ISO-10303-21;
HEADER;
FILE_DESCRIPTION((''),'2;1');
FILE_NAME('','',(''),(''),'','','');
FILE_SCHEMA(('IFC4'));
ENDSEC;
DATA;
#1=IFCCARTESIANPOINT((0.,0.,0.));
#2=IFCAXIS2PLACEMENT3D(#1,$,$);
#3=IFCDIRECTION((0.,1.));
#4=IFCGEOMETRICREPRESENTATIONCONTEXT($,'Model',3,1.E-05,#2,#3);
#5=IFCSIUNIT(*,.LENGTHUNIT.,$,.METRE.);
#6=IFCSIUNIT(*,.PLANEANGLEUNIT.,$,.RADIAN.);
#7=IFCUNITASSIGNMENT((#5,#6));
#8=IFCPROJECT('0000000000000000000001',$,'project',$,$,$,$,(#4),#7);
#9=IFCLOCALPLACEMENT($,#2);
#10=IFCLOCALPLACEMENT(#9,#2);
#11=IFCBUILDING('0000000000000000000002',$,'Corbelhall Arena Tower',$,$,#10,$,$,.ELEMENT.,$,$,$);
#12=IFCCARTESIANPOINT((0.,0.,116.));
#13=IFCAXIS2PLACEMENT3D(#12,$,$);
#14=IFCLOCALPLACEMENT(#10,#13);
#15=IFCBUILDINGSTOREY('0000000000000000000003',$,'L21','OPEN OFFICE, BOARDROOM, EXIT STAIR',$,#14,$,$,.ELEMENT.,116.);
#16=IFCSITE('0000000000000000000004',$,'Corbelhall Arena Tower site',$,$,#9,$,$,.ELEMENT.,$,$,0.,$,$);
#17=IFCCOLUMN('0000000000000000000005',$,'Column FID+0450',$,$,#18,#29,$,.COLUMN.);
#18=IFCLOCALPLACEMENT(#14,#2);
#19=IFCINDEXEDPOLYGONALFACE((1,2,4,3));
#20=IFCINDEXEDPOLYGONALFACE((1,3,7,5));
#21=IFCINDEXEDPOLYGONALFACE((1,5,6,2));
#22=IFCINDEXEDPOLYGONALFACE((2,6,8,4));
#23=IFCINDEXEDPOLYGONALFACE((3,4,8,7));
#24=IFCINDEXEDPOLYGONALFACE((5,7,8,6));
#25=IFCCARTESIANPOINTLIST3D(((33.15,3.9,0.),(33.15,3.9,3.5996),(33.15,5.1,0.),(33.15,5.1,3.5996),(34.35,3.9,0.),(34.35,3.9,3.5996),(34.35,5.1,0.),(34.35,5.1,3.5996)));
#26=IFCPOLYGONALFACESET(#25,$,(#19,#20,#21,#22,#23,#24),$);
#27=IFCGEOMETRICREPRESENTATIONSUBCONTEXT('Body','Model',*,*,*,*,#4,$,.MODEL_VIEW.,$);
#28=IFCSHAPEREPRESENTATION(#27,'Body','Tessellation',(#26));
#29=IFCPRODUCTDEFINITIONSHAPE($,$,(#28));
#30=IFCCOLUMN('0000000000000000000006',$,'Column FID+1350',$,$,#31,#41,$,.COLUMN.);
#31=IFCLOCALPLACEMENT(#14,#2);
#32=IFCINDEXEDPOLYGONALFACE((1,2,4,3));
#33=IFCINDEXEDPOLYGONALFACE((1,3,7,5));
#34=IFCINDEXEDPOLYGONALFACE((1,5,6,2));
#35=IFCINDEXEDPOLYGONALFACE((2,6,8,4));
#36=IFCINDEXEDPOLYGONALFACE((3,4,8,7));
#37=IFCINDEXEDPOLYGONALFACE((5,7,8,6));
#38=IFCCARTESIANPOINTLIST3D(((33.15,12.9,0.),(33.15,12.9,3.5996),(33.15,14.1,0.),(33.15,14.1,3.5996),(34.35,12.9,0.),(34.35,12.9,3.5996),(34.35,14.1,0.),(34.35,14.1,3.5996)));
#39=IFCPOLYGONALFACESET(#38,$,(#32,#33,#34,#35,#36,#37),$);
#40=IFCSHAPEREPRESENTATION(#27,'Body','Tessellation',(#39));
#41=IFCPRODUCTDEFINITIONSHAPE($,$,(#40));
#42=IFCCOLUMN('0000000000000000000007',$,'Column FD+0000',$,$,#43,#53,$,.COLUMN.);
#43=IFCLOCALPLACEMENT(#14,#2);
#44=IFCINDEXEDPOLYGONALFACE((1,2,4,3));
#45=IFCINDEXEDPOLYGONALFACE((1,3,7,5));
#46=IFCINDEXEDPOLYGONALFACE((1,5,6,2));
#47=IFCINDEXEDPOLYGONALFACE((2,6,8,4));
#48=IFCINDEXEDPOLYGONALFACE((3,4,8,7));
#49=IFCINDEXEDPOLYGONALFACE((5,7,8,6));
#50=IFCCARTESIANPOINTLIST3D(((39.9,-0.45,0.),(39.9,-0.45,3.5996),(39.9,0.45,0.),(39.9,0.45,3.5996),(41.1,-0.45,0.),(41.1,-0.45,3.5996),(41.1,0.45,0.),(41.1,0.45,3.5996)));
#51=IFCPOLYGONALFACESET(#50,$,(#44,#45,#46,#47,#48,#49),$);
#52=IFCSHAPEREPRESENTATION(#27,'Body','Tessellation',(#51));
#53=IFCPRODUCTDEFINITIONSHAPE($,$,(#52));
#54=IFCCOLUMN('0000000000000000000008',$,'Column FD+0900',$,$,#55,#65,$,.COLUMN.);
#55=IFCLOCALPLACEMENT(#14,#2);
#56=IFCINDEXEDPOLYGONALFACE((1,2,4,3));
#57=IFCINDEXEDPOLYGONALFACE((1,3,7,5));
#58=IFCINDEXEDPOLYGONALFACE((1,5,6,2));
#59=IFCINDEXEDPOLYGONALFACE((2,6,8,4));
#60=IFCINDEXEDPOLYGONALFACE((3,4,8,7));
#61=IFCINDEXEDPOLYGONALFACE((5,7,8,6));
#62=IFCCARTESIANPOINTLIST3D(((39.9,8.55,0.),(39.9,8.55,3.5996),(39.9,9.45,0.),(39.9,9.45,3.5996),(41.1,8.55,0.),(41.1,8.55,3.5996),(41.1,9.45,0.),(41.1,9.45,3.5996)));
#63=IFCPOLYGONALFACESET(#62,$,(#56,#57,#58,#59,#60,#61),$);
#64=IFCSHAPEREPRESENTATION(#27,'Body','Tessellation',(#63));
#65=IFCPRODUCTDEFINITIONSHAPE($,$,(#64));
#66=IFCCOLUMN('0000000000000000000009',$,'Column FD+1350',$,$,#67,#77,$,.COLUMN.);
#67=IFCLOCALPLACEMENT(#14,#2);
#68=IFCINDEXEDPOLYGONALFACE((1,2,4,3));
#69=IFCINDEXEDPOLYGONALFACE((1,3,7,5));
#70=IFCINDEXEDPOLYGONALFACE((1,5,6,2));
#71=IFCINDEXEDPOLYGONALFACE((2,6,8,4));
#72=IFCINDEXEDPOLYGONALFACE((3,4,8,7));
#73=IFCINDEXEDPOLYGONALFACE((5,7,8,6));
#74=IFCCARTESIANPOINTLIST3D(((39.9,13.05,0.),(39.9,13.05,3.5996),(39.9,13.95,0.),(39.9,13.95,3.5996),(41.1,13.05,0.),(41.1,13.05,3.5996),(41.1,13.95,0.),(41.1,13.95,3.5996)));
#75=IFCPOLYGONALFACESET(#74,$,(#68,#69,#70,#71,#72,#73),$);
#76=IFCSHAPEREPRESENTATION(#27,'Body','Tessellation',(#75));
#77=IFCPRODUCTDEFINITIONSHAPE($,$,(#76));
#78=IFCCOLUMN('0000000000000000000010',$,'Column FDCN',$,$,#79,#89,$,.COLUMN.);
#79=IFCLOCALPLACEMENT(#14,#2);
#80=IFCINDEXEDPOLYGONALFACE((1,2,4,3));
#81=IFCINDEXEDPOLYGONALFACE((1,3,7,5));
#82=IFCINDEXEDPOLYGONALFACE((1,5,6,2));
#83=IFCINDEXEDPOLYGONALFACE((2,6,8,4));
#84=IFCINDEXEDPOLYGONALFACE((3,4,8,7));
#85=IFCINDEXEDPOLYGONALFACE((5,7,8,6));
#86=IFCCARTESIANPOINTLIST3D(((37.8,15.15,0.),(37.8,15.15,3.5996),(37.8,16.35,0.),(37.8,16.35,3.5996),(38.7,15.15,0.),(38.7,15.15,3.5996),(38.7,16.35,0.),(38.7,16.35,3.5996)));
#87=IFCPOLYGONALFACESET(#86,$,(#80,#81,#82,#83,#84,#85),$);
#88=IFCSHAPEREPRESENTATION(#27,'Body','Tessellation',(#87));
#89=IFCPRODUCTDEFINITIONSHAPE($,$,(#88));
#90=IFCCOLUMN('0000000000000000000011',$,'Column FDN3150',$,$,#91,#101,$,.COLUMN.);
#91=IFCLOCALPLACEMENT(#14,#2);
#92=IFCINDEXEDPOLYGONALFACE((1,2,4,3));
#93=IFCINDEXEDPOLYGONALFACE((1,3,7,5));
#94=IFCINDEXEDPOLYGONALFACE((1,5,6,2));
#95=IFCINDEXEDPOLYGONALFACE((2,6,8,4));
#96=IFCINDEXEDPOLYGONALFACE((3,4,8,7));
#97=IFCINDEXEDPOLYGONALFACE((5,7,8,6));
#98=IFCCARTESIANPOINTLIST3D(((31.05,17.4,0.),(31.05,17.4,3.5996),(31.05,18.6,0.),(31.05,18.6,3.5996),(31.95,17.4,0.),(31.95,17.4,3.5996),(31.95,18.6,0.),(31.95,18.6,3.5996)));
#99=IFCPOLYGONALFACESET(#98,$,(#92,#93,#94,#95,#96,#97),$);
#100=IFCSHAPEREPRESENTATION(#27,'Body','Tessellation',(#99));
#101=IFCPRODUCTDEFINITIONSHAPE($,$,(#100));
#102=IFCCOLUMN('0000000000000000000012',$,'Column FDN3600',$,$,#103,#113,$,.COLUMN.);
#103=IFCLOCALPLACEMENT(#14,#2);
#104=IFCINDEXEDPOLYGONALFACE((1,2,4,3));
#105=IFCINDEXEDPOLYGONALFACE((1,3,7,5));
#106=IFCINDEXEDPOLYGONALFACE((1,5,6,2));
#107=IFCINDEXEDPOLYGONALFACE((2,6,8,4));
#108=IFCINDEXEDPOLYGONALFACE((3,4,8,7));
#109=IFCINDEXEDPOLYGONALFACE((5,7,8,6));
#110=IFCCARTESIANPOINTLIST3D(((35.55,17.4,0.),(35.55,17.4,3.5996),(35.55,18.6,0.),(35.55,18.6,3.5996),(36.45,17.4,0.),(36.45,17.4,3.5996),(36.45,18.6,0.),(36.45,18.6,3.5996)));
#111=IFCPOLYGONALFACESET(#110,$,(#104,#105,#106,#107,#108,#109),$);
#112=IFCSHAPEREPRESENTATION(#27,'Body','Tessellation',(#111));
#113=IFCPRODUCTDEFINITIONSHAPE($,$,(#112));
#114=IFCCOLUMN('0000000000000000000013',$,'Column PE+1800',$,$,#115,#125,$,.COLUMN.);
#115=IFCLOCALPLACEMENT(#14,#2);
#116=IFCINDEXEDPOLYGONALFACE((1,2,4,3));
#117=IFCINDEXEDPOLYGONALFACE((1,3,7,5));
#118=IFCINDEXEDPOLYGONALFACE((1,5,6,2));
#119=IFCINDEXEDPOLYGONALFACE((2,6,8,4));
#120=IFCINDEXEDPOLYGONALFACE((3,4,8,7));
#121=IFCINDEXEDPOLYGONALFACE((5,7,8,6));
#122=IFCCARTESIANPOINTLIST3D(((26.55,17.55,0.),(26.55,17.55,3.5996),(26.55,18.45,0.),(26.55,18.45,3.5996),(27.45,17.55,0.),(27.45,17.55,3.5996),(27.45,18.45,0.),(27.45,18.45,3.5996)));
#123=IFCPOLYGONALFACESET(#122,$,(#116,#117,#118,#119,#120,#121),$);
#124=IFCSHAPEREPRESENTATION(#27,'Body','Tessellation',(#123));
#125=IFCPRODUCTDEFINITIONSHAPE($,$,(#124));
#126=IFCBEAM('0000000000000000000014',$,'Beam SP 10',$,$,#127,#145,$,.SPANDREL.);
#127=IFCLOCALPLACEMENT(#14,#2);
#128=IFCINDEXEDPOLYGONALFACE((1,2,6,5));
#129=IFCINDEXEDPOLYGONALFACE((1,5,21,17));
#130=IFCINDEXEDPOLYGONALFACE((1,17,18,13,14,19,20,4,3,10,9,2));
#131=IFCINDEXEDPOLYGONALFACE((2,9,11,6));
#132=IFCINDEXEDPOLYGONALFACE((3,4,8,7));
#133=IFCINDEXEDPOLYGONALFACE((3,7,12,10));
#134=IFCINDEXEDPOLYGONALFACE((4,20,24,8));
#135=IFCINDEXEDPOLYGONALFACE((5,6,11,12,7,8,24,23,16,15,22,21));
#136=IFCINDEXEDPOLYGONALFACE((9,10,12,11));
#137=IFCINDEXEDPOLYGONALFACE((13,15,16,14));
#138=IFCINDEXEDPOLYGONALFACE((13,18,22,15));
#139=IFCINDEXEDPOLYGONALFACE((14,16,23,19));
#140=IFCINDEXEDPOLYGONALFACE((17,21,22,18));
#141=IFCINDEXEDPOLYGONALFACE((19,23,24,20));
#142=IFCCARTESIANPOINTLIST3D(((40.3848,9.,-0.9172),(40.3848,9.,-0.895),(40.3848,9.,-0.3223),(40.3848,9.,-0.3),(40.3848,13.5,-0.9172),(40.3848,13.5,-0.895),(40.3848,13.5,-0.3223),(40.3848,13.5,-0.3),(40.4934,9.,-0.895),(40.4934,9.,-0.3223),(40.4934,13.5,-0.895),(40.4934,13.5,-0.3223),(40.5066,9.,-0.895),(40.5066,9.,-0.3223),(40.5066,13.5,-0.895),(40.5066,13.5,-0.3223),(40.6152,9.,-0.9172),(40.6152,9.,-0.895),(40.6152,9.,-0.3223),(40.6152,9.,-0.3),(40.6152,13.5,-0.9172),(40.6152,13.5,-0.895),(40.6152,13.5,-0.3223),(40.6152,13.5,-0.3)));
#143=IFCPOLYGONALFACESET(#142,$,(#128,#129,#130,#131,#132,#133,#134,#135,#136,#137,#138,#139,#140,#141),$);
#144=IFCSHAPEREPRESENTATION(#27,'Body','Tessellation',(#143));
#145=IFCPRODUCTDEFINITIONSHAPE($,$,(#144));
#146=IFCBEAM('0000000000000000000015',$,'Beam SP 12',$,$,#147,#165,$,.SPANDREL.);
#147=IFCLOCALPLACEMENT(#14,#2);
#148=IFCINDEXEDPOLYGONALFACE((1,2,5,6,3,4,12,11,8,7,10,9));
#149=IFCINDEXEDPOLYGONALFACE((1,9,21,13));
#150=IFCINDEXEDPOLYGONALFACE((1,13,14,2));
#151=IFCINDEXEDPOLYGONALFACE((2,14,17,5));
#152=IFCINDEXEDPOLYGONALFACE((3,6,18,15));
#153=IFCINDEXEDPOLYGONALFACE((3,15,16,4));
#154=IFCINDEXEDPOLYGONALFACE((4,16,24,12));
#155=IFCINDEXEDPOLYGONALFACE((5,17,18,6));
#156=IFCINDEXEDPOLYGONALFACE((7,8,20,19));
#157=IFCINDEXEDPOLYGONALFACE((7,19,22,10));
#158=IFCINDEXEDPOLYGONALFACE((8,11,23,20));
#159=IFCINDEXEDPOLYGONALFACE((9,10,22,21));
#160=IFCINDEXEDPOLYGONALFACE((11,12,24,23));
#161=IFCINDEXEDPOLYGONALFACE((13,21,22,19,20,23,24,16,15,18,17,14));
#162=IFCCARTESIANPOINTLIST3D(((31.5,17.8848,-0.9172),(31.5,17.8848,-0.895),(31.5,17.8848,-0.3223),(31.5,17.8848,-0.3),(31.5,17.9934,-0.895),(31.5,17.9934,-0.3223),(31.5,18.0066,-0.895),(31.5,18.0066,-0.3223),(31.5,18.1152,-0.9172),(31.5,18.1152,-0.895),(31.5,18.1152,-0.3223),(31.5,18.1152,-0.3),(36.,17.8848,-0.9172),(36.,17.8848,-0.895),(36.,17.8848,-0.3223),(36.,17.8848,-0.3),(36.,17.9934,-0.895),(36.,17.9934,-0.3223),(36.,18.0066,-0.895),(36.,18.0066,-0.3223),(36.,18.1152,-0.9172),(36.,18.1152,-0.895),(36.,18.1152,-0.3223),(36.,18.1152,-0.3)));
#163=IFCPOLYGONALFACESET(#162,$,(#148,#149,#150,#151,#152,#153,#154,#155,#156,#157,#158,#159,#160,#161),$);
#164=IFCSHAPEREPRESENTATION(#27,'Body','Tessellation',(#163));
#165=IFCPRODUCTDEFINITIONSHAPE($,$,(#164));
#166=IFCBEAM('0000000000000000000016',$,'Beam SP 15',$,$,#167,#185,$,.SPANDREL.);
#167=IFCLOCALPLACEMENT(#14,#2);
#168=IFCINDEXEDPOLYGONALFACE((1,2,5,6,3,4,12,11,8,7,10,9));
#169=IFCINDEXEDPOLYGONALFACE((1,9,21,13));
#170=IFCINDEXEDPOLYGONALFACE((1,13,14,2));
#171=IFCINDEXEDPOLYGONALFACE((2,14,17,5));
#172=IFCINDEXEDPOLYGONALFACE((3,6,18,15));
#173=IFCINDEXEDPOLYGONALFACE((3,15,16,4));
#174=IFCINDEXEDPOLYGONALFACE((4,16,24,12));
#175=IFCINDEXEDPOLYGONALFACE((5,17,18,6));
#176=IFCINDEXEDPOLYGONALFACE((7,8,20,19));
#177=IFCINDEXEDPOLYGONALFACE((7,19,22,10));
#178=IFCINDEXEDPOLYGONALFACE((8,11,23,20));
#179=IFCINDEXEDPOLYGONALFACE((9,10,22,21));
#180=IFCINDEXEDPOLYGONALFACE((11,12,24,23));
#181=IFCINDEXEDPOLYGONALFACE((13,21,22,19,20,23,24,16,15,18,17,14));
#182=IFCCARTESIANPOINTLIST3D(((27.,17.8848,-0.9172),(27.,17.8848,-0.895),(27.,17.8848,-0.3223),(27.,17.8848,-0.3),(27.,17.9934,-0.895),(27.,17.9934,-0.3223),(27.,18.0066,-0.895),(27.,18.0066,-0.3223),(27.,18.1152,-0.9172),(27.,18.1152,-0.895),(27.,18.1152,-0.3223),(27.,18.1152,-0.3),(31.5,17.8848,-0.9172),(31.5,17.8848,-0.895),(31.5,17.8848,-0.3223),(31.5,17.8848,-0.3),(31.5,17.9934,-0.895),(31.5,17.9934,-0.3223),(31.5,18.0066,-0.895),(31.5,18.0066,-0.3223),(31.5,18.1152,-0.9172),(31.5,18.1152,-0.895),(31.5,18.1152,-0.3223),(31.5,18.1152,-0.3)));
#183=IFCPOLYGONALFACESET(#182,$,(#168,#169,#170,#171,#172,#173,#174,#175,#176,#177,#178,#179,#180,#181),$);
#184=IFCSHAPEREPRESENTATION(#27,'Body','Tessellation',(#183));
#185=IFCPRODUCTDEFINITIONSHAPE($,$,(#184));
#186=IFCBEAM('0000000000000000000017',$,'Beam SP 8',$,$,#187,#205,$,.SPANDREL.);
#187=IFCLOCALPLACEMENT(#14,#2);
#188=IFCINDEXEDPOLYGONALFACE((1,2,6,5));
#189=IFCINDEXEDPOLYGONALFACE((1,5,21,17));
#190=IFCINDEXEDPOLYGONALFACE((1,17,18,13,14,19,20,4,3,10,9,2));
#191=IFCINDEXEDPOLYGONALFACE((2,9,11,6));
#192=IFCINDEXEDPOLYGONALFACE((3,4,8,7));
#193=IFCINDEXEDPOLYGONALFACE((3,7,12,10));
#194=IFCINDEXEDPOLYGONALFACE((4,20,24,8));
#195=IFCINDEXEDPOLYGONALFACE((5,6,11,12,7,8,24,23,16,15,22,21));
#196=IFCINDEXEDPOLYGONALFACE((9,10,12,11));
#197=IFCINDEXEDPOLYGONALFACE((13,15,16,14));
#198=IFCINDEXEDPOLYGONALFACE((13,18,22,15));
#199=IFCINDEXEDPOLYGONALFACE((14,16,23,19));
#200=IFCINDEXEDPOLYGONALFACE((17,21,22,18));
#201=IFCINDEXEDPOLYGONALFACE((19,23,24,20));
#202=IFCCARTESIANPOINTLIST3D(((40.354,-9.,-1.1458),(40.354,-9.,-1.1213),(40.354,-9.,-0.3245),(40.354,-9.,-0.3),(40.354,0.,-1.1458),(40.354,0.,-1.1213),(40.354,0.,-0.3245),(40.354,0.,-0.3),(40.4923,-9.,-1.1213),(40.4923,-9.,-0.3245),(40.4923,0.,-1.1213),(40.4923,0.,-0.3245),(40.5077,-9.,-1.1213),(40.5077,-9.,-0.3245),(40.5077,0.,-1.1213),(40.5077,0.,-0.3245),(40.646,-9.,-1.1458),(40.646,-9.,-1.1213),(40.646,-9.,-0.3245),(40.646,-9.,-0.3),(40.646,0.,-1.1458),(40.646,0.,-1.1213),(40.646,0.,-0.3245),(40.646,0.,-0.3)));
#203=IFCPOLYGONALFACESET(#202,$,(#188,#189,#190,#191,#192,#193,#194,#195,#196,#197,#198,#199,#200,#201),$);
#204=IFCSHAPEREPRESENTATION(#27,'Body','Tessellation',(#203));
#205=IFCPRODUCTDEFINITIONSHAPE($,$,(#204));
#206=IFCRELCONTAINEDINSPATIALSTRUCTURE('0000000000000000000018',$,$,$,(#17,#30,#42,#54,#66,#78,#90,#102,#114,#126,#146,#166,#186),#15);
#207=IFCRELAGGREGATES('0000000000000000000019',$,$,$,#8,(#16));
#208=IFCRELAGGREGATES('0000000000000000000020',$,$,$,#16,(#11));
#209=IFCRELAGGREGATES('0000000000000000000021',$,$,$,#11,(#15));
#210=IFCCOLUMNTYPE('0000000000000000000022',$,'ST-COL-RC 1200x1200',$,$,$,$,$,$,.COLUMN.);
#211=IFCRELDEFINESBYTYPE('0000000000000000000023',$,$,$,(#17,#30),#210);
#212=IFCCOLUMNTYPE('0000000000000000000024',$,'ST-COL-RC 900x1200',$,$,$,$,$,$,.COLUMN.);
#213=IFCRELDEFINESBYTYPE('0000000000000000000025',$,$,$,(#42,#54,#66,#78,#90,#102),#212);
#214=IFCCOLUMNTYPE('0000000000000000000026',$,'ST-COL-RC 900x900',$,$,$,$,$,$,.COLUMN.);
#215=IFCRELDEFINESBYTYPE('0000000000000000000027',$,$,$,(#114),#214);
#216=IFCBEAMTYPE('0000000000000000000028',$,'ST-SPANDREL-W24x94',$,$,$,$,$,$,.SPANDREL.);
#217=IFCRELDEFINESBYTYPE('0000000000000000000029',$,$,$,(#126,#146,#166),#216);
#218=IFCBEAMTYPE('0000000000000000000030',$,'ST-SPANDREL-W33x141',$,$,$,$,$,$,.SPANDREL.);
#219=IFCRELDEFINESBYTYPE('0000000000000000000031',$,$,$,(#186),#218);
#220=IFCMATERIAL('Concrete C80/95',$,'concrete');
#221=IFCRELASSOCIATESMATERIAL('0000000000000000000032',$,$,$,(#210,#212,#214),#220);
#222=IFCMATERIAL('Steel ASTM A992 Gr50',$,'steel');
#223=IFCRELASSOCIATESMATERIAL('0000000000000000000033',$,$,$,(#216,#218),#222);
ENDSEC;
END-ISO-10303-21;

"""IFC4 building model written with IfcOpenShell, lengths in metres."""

from ifc_helpers import new_model, si_unit, direction, frame, origin, origin_2d, place, context, subcontext, project, spatial, rectangle, i_section, extrude, material, material_profile, profile_set, type_object, element, save


model = new_model("IFC4")

# Units and contexts
model_context = context("Model", 3, precision=1e-05, world=origin(), true_north=direction((0.0, 1.0)))
body_context = subcontext(model_context, "Body", "Model", "MODEL_VIEW")
ifc_project = project(units=[si_unit("LENGTHUNIT", "METRE"), si_unit("PLANEANGLEUNIT", "RADIAN")], contexts=[model_context])

# Site, building, storey
site_placement = place(None, origin())
site = spatial("IfcSite", under=ifc_project, at=site_placement, Name="Corbelhall Arena Tower site", CompositionType="ELEMENT", RefElevation=0.0)
building_placement = place(site_placement, origin())
building = spatial("IfcBuilding", under=site, at=building_placement, Name="Corbelhall Arena Tower", CompositionType="ELEMENT")
storey_placement = place(building_placement, frame((0.0, 0.0, 116.0)))
storey = spatial("IfcBuildingStorey", under=building, at=storey_placement, Name="L21", Description="OPEN OFFICE, BOARDROOM, EXIT STAIR", CompositionType="ELEMENT", Elevation=116.0)

# Columns
ifc_material_1 = material(Name="Concrete C80/95", Category="concrete")
ifc_material_profile_1 = material_profile(ifc_material_1, rectangle(XDim=1.2, YDim=1.2, at=origin_2d()))
ifc_profile_set_1 = profile_set([ifc_material_profile_1], Name="Concrete C80/95")
column_type_1 = type_object("IfcColumnType", Name="ST-COL-RC 1200x1200", PredefinedType="COLUMN", material=ifc_profile_set_1)
for number, where, z_axis, x_axis, name in (
    (1, (33.75, 4.5, 0.0), (0.0, 0.0, 1.0), (1.0, 0.0, 0.0), "Column FID+0450"),
    (2, (33.75, 13.5, 0.0), (0.0, 0.0, 1.0), (1.0, 0.0, 0.0), "Column FID+1350"),
):
    element("IfcColumn", number, at=place(storey_placement, frame(where, z_axis=z_axis, x_axis=x_axis)), inside=storey, type_object=column_type_1, Name=name, PredefinedType="COLUMN", context=body_context, shape_type="SweptSolid", body=[
        extrude(rectangle(XDim=1.2, YDim=1.2, at=origin_2d()), origin(), (0.0, 0.0, 1.0), 3.5996),
    ])
ifc_material_profile_2 = material_profile(ifc_material_1, rectangle(XDim=0.8999, YDim=1.2, at=origin_2d()))
ifc_profile_set_2 = profile_set([ifc_material_profile_2], Name="Concrete C80/95")
column_type_2 = type_object("IfcColumnType", Name="ST-COL-RC 900x1200", PredefinedType="COLUMN", material=ifc_profile_set_2)
for number, where, z_axis, x_axis, name in (
    (3, (40.5, 0.0, 0.0), (0.0, 0.0, 1.0), (0.0, 1.0, 0.0), "Column FD+0000"),
    (4, (40.5, 9.0, 0.0), (0.0, 0.0, 1.0), (0.0, 1.0, 0.0), "Column FD+0900"),
    (5, (40.5, 13.5, 0.0), (0.0, 0.0, 1.0), (0.0, 1.0, 0.0), "Column FD+1350"),
    (6, (38.25, 15.75, 0.0), (0.0, 0.0, 1.0), (1.0, 0.0, 0.0), "Column FDCN"),
    (7, (31.5, 18.0, 0.0), (0.0, 0.0, 1.0), (1.0, 0.0, 0.0), "Column FDN3150"),
    (8, (36.0, 18.0, 0.0), (0.0, 0.0, 1.0), (1.0, 0.0, 0.0), "Column FDN3600"),
):
    element("IfcColumn", number, at=place(storey_placement, frame(where, z_axis=z_axis, x_axis=x_axis)), inside=storey, type_object=column_type_2, Name=name, PredefinedType="COLUMN", context=body_context, shape_type="SweptSolid", body=[
        extrude(rectangle(XDim=0.8999, YDim=1.2, at=origin_2d()), origin(), (0.0, 0.0, 1.0), 3.5996),
    ])
ifc_material_profile_3 = material_profile(ifc_material_1, rectangle(XDim=0.8999, YDim=0.8999, at=origin_2d()))
ifc_profile_set_3 = profile_set([ifc_material_profile_3], Name="Concrete C80/95")
column_type_3 = type_object("IfcColumnType", Name="ST-COL-RC 900x900", PredefinedType="COLUMN", material=ifc_profile_set_3)
column_placement = place(storey_placement, frame((27.0, 18.0, 0.0), z_axis=(0.0, 0.0, 1.0), x_axis=(1.0, 0.0, 0.0)))
element("IfcColumn", 9, at=column_placement, inside=storey, type_object=column_type_3, Name="Column PE+1800", PredefinedType="COLUMN", context=body_context, shape_type="SweptSolid", body=[
    extrude(rectangle(XDim=0.8999, YDim=0.8999, at=origin_2d()), origin(), (0.0, 0.0, 1.0), 3.5996),
])

# Beams
ifc_material_2 = material(Name="Steel ASTM A992 Gr50", Category="steel")
ifc_material_profile_4 = material_profile(ifc_material_2, i_section(OverallWidth=0.2305, OverallDepth=0.6172, WebThickness=0.0132, FlangeThickness=0.0222, at=origin_2d()))
ifc_profile_set_4 = profile_set([ifc_material_profile_4], Name="Steel ASTM A992 Gr50")
beam_type_1 = type_object("IfcBeamType", Name="ST-SPANDREL-W24x94", PredefinedType="SPANDREL", material=ifc_profile_set_4)
for number, where, z_axis, x_axis, name in (
    (10, (40.5, 13.5, -0.6086), (0.0, -1.0, 0.0), (1.0, 0.0, 0.0), "Beam SP 10"),
    (11, (31.5, 18.0, -0.6086), (1.0, 0.0, 0.0), (0.0, 1.0, 0.0), "Beam SP 12"),
    (12, (27.0, 18.0, -0.6086), (1.0, 0.0, 0.0), (0.0, 1.0, 0.0), "Beam SP 15"),
):
    element("IfcBeam", number, at=place(storey_placement, frame(where, z_axis=z_axis, x_axis=x_axis)), inside=storey, type_object=beam_type_1, Name=name, PredefinedType="SPANDREL", context=body_context, shape_type="SweptSolid", body=[
        extrude(i_section(OverallWidth=0.2305, OverallDepth=0.6172, WebThickness=0.0132, FlangeThickness=0.0222, at=origin_2d()), origin(), (0.0, 0.0, 1.0), 4.5),
    ])
ifc_material_profile_5 = material_profile(ifc_material_2, i_section(OverallWidth=0.292, OverallDepth=0.8457, WebThickness=0.0154, FlangeThickness=0.0244, at=origin_2d()))
ifc_profile_set_5 = profile_set([ifc_material_profile_5], Name="Steel ASTM A992 Gr50")
beam_type_2 = type_object("IfcBeamType", Name="ST-SPANDREL-W33x141", PredefinedType="SPANDREL", material=ifc_profile_set_5)
for number, where, z_axis, x_axis, name in (
    (13, (40.5, 0.0, -0.7229), (0.0, -1.0, 0.0), (1.0, 0.0, 0.0), "Beam SP 8"),
):
    element("IfcBeam", number, at=place(storey_placement, frame(where, z_axis=z_axis, x_axis=x_axis)), inside=storey, type_object=beam_type_2, Name=name, PredefinedType="SPANDREL", context=body_context, shape_type="SweptSolid", body=[
        extrude(i_section(OverallWidth=0.292, OverallDepth=0.8457, WebThickness=0.0154, FlangeThickness=0.0244, at=origin_2d()), origin(), (0.0, 0.0, 1.0), 9.0),
    ])

save(model, "model.ifc")
